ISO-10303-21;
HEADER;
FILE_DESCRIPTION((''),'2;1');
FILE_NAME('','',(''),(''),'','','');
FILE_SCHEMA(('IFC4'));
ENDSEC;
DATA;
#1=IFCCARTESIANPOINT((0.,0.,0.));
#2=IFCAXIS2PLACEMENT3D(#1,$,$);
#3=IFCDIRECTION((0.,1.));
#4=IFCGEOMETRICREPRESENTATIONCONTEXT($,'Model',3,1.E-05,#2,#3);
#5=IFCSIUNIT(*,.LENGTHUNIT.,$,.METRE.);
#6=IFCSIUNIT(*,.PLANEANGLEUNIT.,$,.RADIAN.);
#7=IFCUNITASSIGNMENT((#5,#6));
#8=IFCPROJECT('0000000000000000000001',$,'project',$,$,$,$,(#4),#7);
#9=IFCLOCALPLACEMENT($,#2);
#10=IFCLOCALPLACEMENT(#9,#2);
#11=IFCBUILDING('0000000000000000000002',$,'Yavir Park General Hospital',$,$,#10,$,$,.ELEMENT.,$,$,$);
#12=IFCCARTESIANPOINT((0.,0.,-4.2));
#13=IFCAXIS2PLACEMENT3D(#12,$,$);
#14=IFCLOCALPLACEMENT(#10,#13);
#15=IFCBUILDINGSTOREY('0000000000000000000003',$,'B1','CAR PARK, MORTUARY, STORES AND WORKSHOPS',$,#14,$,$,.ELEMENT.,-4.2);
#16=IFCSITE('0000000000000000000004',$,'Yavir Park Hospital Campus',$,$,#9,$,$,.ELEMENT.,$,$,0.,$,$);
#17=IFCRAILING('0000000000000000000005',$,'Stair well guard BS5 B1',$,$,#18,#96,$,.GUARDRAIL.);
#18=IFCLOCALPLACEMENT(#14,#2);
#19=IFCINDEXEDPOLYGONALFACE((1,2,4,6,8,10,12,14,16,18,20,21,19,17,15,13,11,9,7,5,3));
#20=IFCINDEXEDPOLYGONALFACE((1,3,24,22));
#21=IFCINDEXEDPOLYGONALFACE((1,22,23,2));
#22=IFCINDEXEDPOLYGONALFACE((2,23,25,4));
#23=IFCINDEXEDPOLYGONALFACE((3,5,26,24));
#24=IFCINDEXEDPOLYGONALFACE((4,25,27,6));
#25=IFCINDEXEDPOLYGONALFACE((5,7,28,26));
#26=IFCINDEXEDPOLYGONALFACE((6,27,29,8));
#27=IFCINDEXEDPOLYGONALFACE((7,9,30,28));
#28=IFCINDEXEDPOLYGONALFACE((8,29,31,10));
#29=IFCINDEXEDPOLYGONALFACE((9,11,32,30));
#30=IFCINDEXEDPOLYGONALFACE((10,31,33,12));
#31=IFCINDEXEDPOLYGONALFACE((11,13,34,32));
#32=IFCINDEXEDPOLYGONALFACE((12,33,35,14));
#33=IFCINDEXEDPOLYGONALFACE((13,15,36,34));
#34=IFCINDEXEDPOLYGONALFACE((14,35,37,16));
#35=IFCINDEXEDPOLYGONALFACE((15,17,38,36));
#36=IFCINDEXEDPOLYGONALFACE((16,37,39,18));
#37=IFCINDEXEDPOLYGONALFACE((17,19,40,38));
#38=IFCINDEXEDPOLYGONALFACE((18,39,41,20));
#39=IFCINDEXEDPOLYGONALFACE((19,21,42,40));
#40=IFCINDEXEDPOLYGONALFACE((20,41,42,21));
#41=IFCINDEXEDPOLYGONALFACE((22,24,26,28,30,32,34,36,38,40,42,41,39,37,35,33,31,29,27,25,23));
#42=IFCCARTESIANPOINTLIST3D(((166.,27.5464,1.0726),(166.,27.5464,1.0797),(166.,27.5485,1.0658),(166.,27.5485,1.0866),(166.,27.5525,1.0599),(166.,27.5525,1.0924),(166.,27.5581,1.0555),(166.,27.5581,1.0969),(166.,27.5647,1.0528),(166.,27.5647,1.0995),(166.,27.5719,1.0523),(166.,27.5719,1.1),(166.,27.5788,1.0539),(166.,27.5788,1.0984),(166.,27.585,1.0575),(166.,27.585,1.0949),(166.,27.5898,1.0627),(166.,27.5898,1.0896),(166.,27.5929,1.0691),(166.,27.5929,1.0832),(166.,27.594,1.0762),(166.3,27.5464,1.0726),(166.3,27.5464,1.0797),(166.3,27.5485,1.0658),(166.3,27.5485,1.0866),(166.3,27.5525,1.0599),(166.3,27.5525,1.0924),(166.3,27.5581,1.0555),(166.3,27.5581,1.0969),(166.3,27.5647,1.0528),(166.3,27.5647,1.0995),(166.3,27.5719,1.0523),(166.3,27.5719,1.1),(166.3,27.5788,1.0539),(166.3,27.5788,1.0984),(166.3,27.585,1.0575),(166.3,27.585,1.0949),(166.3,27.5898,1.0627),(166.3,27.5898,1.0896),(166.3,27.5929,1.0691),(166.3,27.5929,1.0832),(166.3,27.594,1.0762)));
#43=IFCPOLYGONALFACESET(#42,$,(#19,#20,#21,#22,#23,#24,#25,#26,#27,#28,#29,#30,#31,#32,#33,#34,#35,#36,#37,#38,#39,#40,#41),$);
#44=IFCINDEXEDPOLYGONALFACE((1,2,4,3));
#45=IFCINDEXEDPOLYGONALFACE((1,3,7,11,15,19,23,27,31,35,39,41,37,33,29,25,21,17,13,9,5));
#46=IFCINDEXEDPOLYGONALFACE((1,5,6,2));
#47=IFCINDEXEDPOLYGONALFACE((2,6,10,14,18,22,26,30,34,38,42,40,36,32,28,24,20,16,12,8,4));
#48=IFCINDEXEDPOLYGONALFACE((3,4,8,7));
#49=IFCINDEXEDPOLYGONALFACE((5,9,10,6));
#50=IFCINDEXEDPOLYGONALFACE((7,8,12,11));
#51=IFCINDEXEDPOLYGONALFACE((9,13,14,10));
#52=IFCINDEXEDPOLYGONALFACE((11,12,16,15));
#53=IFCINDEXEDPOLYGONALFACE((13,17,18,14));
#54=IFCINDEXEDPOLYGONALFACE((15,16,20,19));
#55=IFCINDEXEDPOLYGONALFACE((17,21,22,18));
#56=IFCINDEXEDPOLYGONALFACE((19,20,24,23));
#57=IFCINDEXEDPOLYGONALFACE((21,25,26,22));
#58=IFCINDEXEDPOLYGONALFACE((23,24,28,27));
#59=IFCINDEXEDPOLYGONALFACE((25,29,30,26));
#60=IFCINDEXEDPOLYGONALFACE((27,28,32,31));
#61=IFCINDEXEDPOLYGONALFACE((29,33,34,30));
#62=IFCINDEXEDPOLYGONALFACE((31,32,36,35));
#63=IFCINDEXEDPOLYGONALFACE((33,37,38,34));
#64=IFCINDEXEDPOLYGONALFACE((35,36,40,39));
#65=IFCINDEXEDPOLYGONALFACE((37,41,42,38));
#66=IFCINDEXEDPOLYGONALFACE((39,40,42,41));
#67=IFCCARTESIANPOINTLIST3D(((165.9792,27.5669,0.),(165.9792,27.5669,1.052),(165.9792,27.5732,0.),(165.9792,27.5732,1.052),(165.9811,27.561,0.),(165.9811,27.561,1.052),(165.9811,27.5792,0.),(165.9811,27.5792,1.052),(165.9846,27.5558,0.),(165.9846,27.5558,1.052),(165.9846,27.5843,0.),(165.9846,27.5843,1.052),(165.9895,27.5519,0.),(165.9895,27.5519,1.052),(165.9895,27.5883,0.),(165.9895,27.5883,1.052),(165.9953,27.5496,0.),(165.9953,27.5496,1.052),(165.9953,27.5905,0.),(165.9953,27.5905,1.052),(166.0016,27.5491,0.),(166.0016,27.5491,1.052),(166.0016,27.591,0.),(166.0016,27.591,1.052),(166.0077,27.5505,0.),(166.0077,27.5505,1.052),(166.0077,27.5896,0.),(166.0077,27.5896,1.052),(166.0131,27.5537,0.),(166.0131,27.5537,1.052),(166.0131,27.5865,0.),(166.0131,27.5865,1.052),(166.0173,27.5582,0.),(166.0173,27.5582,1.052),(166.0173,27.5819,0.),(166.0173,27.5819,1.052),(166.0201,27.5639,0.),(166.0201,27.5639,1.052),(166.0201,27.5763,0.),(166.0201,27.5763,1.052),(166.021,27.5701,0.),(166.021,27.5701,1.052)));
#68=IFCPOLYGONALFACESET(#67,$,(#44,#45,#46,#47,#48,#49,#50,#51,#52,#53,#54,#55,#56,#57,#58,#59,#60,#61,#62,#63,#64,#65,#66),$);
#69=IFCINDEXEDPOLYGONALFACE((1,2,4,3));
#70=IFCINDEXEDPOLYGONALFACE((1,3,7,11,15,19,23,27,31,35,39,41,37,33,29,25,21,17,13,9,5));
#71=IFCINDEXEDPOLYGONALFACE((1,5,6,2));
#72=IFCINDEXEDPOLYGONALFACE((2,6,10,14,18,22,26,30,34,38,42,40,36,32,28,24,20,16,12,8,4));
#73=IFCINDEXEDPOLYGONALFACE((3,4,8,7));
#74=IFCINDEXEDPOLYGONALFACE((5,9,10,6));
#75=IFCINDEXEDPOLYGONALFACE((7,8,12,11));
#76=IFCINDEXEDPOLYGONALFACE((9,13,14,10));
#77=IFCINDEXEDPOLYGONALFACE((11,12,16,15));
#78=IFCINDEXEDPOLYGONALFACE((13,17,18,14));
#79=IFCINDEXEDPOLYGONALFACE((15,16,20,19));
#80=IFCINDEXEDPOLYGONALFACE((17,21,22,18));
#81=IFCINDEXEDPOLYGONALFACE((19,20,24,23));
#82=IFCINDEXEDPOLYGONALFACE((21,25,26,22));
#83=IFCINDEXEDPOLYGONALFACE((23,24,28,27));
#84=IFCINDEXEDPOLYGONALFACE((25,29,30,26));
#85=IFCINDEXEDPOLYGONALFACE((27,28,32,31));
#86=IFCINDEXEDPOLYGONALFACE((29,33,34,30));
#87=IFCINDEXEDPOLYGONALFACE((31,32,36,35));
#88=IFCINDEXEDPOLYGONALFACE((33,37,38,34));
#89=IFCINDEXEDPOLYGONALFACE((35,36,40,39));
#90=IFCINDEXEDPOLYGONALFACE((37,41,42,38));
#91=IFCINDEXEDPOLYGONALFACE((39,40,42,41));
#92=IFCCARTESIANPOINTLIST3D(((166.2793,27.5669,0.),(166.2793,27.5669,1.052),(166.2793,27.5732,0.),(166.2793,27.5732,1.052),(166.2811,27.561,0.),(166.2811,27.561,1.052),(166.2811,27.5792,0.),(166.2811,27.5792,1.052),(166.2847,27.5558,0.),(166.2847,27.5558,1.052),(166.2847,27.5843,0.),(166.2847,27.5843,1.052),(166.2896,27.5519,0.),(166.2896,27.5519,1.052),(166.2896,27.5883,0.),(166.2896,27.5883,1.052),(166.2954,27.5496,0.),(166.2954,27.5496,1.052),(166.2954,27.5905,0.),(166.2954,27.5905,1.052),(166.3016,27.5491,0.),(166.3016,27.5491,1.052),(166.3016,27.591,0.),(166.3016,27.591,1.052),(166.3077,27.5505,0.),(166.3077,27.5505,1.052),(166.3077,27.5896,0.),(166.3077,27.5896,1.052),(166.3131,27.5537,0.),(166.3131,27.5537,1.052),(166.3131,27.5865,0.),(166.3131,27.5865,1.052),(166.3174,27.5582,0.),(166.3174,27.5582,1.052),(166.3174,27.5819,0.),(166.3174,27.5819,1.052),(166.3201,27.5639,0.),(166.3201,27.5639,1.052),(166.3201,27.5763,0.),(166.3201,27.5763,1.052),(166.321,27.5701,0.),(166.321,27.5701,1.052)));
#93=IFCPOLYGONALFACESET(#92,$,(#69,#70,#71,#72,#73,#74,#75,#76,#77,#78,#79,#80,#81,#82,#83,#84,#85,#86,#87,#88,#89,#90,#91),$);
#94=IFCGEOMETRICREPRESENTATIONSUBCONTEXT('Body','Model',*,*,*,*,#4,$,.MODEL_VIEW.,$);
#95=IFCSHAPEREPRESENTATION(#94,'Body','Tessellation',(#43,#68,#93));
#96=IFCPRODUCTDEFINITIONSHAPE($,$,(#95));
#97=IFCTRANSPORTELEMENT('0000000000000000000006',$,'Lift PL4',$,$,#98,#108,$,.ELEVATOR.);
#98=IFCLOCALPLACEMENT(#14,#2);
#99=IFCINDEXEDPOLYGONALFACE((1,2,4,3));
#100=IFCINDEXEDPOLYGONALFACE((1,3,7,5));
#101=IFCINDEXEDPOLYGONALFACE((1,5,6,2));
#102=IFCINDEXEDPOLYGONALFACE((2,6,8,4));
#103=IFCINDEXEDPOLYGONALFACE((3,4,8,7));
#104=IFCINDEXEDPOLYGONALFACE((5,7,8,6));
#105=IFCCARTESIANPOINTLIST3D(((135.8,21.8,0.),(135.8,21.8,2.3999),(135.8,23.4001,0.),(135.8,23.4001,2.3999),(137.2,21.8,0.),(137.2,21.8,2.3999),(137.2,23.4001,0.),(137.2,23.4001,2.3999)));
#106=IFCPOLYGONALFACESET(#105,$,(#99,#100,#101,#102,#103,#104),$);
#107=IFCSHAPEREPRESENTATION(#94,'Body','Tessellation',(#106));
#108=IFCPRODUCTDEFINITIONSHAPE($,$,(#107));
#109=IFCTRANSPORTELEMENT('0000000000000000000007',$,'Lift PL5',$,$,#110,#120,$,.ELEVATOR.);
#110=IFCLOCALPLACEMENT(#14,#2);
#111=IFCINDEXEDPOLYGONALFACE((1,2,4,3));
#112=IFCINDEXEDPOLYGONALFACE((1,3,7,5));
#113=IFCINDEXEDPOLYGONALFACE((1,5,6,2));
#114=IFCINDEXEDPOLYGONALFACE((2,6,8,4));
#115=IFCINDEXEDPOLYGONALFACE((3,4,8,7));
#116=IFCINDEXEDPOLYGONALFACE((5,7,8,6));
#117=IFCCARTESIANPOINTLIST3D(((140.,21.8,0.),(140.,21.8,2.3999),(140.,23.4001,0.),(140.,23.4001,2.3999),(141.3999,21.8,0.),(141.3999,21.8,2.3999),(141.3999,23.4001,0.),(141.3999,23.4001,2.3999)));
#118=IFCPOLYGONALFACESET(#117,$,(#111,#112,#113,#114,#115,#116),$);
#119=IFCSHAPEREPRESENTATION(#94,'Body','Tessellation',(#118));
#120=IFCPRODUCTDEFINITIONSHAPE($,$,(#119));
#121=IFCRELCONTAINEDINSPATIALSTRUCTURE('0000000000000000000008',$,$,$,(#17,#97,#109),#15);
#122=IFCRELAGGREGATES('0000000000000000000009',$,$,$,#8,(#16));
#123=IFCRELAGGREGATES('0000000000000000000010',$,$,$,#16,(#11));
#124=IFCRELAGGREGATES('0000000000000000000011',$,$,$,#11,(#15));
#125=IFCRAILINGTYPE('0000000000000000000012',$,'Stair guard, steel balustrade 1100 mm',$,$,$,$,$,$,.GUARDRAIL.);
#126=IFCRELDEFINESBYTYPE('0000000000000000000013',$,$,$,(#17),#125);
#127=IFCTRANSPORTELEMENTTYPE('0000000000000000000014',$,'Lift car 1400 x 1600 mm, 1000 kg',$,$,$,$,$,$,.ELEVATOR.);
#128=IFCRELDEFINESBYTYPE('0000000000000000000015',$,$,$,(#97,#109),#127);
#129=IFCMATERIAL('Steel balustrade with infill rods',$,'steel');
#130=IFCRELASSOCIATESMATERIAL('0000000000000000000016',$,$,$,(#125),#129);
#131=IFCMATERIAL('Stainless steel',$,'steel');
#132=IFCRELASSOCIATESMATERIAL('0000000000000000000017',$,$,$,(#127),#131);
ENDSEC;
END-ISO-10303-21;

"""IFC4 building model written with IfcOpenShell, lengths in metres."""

from ifc_helpers import new_model, si_unit, direction, frame, origin, origin_2d, place, context, subcontext, project, spatial, rectangle, circle, extrude, material, type_object, element, save


model = new_model("IFC4")

# Units and contexts
model_context = context("Model", 3, precision=1e-05, world=origin(), true_north=direction((0.0, 1.0)))
body_context = subcontext(model_context, "Body", "Model", "MODEL_VIEW")
ifc_project = project(units=[si_unit("LENGTHUNIT", "METRE"), si_unit("PLANEANGLEUNIT", "RADIAN")], contexts=[model_context])

# Site, building, storey
site_placement = place(None, origin())
site = spatial("IfcSite", under=ifc_project, at=site_placement, Name="Yavir Park Hospital Campus", CompositionType="ELEMENT", RefElevation=0.0)
building_placement = place(site_placement, origin())
building = spatial("IfcBuilding", under=site, at=building_placement, Name="Yavir Park General Hospital", CompositionType="ELEMENT")
storey_placement = place(building_placement, frame((0.0, 0.0, -4.2)))
storey = spatial("IfcBuildingStorey", under=building, at=storey_placement, Name="B1", Description="CAR PARK, MORTUARY, STORES AND WORKSHOPS", CompositionType="ELEMENT", Elevation=-4.2)

# Railing
ifc_material_1 = material(Name="Steel balustrade with infill rods", Category="steel")
railing_type_1 = type_object("IfcRailingType", Name="Stair guard, steel balustrade 1100 mm", PredefinedType="GUARDRAIL", material=ifc_material_1)
railing_placement = place(storey_placement, frame((166.0, 27.5701, 0.0)))
element("IfcRailing", 1, at=railing_placement, inside=storey, type_object=railing_type_1, Name="Stair well guard BS5 B1", PredefinedType="GUARDRAIL", context=body_context, shape_type="SweptSolid", body=[
    extrude(circle(Radius=0.0239, at=origin_2d()), frame((0.0, 0.0, 1.0762), z_axis=(1.0, 0.0, 0.0), x_axis=(0.0, 1.0, 0.0)), (0.0, 0.0, 1.0), 0.3),
    extrude(circle(Radius=0.021, at=origin_2d()), origin(), (0.0, 0.0, 1.0), 1.052),
    extrude(circle(Radius=0.021, at=origin_2d()), frame((0.3, 0.0, 0.0)), (0.0, 0.0, 1.0), 1.052),
])

# Transport elements
ifc_material_2 = material(Name="Stainless steel", Category="steel")
transport_element_type = type_object("IfcTransportElementType", Name="Lift car 1400 x 1600 mm, 1000 kg", PredefinedType="ELEVATOR", material=ifc_material_2)
for number, where, z_axis, x_axis, name in (
    (2, (136.5, 22.6001, 0.0), (0.0, 0.0, 1.0), (1.0, 0.0, 0.0), "Lift PL4"),
    (3, (140.7, 22.6001, 0.0), (0.0, 0.0, 1.0), (1.0, 0.0, 0.0), "Lift PL5"),
):
    element("IfcTransportElement", number, at=place(storey_placement, frame(where, z_axis=z_axis, x_axis=x_axis)), inside=storey, type_object=transport_element_type, Name=name, PredefinedType="ELEVATOR", context=body_context, shape_type="SweptSolid", body=[
        extrude(rectangle(XDim=1.3999, YDim=1.6001, at=origin_2d()), origin(), (0.0, 0.0, 1.0), 2.3999),
    ])

save(model, "model.ifc")
